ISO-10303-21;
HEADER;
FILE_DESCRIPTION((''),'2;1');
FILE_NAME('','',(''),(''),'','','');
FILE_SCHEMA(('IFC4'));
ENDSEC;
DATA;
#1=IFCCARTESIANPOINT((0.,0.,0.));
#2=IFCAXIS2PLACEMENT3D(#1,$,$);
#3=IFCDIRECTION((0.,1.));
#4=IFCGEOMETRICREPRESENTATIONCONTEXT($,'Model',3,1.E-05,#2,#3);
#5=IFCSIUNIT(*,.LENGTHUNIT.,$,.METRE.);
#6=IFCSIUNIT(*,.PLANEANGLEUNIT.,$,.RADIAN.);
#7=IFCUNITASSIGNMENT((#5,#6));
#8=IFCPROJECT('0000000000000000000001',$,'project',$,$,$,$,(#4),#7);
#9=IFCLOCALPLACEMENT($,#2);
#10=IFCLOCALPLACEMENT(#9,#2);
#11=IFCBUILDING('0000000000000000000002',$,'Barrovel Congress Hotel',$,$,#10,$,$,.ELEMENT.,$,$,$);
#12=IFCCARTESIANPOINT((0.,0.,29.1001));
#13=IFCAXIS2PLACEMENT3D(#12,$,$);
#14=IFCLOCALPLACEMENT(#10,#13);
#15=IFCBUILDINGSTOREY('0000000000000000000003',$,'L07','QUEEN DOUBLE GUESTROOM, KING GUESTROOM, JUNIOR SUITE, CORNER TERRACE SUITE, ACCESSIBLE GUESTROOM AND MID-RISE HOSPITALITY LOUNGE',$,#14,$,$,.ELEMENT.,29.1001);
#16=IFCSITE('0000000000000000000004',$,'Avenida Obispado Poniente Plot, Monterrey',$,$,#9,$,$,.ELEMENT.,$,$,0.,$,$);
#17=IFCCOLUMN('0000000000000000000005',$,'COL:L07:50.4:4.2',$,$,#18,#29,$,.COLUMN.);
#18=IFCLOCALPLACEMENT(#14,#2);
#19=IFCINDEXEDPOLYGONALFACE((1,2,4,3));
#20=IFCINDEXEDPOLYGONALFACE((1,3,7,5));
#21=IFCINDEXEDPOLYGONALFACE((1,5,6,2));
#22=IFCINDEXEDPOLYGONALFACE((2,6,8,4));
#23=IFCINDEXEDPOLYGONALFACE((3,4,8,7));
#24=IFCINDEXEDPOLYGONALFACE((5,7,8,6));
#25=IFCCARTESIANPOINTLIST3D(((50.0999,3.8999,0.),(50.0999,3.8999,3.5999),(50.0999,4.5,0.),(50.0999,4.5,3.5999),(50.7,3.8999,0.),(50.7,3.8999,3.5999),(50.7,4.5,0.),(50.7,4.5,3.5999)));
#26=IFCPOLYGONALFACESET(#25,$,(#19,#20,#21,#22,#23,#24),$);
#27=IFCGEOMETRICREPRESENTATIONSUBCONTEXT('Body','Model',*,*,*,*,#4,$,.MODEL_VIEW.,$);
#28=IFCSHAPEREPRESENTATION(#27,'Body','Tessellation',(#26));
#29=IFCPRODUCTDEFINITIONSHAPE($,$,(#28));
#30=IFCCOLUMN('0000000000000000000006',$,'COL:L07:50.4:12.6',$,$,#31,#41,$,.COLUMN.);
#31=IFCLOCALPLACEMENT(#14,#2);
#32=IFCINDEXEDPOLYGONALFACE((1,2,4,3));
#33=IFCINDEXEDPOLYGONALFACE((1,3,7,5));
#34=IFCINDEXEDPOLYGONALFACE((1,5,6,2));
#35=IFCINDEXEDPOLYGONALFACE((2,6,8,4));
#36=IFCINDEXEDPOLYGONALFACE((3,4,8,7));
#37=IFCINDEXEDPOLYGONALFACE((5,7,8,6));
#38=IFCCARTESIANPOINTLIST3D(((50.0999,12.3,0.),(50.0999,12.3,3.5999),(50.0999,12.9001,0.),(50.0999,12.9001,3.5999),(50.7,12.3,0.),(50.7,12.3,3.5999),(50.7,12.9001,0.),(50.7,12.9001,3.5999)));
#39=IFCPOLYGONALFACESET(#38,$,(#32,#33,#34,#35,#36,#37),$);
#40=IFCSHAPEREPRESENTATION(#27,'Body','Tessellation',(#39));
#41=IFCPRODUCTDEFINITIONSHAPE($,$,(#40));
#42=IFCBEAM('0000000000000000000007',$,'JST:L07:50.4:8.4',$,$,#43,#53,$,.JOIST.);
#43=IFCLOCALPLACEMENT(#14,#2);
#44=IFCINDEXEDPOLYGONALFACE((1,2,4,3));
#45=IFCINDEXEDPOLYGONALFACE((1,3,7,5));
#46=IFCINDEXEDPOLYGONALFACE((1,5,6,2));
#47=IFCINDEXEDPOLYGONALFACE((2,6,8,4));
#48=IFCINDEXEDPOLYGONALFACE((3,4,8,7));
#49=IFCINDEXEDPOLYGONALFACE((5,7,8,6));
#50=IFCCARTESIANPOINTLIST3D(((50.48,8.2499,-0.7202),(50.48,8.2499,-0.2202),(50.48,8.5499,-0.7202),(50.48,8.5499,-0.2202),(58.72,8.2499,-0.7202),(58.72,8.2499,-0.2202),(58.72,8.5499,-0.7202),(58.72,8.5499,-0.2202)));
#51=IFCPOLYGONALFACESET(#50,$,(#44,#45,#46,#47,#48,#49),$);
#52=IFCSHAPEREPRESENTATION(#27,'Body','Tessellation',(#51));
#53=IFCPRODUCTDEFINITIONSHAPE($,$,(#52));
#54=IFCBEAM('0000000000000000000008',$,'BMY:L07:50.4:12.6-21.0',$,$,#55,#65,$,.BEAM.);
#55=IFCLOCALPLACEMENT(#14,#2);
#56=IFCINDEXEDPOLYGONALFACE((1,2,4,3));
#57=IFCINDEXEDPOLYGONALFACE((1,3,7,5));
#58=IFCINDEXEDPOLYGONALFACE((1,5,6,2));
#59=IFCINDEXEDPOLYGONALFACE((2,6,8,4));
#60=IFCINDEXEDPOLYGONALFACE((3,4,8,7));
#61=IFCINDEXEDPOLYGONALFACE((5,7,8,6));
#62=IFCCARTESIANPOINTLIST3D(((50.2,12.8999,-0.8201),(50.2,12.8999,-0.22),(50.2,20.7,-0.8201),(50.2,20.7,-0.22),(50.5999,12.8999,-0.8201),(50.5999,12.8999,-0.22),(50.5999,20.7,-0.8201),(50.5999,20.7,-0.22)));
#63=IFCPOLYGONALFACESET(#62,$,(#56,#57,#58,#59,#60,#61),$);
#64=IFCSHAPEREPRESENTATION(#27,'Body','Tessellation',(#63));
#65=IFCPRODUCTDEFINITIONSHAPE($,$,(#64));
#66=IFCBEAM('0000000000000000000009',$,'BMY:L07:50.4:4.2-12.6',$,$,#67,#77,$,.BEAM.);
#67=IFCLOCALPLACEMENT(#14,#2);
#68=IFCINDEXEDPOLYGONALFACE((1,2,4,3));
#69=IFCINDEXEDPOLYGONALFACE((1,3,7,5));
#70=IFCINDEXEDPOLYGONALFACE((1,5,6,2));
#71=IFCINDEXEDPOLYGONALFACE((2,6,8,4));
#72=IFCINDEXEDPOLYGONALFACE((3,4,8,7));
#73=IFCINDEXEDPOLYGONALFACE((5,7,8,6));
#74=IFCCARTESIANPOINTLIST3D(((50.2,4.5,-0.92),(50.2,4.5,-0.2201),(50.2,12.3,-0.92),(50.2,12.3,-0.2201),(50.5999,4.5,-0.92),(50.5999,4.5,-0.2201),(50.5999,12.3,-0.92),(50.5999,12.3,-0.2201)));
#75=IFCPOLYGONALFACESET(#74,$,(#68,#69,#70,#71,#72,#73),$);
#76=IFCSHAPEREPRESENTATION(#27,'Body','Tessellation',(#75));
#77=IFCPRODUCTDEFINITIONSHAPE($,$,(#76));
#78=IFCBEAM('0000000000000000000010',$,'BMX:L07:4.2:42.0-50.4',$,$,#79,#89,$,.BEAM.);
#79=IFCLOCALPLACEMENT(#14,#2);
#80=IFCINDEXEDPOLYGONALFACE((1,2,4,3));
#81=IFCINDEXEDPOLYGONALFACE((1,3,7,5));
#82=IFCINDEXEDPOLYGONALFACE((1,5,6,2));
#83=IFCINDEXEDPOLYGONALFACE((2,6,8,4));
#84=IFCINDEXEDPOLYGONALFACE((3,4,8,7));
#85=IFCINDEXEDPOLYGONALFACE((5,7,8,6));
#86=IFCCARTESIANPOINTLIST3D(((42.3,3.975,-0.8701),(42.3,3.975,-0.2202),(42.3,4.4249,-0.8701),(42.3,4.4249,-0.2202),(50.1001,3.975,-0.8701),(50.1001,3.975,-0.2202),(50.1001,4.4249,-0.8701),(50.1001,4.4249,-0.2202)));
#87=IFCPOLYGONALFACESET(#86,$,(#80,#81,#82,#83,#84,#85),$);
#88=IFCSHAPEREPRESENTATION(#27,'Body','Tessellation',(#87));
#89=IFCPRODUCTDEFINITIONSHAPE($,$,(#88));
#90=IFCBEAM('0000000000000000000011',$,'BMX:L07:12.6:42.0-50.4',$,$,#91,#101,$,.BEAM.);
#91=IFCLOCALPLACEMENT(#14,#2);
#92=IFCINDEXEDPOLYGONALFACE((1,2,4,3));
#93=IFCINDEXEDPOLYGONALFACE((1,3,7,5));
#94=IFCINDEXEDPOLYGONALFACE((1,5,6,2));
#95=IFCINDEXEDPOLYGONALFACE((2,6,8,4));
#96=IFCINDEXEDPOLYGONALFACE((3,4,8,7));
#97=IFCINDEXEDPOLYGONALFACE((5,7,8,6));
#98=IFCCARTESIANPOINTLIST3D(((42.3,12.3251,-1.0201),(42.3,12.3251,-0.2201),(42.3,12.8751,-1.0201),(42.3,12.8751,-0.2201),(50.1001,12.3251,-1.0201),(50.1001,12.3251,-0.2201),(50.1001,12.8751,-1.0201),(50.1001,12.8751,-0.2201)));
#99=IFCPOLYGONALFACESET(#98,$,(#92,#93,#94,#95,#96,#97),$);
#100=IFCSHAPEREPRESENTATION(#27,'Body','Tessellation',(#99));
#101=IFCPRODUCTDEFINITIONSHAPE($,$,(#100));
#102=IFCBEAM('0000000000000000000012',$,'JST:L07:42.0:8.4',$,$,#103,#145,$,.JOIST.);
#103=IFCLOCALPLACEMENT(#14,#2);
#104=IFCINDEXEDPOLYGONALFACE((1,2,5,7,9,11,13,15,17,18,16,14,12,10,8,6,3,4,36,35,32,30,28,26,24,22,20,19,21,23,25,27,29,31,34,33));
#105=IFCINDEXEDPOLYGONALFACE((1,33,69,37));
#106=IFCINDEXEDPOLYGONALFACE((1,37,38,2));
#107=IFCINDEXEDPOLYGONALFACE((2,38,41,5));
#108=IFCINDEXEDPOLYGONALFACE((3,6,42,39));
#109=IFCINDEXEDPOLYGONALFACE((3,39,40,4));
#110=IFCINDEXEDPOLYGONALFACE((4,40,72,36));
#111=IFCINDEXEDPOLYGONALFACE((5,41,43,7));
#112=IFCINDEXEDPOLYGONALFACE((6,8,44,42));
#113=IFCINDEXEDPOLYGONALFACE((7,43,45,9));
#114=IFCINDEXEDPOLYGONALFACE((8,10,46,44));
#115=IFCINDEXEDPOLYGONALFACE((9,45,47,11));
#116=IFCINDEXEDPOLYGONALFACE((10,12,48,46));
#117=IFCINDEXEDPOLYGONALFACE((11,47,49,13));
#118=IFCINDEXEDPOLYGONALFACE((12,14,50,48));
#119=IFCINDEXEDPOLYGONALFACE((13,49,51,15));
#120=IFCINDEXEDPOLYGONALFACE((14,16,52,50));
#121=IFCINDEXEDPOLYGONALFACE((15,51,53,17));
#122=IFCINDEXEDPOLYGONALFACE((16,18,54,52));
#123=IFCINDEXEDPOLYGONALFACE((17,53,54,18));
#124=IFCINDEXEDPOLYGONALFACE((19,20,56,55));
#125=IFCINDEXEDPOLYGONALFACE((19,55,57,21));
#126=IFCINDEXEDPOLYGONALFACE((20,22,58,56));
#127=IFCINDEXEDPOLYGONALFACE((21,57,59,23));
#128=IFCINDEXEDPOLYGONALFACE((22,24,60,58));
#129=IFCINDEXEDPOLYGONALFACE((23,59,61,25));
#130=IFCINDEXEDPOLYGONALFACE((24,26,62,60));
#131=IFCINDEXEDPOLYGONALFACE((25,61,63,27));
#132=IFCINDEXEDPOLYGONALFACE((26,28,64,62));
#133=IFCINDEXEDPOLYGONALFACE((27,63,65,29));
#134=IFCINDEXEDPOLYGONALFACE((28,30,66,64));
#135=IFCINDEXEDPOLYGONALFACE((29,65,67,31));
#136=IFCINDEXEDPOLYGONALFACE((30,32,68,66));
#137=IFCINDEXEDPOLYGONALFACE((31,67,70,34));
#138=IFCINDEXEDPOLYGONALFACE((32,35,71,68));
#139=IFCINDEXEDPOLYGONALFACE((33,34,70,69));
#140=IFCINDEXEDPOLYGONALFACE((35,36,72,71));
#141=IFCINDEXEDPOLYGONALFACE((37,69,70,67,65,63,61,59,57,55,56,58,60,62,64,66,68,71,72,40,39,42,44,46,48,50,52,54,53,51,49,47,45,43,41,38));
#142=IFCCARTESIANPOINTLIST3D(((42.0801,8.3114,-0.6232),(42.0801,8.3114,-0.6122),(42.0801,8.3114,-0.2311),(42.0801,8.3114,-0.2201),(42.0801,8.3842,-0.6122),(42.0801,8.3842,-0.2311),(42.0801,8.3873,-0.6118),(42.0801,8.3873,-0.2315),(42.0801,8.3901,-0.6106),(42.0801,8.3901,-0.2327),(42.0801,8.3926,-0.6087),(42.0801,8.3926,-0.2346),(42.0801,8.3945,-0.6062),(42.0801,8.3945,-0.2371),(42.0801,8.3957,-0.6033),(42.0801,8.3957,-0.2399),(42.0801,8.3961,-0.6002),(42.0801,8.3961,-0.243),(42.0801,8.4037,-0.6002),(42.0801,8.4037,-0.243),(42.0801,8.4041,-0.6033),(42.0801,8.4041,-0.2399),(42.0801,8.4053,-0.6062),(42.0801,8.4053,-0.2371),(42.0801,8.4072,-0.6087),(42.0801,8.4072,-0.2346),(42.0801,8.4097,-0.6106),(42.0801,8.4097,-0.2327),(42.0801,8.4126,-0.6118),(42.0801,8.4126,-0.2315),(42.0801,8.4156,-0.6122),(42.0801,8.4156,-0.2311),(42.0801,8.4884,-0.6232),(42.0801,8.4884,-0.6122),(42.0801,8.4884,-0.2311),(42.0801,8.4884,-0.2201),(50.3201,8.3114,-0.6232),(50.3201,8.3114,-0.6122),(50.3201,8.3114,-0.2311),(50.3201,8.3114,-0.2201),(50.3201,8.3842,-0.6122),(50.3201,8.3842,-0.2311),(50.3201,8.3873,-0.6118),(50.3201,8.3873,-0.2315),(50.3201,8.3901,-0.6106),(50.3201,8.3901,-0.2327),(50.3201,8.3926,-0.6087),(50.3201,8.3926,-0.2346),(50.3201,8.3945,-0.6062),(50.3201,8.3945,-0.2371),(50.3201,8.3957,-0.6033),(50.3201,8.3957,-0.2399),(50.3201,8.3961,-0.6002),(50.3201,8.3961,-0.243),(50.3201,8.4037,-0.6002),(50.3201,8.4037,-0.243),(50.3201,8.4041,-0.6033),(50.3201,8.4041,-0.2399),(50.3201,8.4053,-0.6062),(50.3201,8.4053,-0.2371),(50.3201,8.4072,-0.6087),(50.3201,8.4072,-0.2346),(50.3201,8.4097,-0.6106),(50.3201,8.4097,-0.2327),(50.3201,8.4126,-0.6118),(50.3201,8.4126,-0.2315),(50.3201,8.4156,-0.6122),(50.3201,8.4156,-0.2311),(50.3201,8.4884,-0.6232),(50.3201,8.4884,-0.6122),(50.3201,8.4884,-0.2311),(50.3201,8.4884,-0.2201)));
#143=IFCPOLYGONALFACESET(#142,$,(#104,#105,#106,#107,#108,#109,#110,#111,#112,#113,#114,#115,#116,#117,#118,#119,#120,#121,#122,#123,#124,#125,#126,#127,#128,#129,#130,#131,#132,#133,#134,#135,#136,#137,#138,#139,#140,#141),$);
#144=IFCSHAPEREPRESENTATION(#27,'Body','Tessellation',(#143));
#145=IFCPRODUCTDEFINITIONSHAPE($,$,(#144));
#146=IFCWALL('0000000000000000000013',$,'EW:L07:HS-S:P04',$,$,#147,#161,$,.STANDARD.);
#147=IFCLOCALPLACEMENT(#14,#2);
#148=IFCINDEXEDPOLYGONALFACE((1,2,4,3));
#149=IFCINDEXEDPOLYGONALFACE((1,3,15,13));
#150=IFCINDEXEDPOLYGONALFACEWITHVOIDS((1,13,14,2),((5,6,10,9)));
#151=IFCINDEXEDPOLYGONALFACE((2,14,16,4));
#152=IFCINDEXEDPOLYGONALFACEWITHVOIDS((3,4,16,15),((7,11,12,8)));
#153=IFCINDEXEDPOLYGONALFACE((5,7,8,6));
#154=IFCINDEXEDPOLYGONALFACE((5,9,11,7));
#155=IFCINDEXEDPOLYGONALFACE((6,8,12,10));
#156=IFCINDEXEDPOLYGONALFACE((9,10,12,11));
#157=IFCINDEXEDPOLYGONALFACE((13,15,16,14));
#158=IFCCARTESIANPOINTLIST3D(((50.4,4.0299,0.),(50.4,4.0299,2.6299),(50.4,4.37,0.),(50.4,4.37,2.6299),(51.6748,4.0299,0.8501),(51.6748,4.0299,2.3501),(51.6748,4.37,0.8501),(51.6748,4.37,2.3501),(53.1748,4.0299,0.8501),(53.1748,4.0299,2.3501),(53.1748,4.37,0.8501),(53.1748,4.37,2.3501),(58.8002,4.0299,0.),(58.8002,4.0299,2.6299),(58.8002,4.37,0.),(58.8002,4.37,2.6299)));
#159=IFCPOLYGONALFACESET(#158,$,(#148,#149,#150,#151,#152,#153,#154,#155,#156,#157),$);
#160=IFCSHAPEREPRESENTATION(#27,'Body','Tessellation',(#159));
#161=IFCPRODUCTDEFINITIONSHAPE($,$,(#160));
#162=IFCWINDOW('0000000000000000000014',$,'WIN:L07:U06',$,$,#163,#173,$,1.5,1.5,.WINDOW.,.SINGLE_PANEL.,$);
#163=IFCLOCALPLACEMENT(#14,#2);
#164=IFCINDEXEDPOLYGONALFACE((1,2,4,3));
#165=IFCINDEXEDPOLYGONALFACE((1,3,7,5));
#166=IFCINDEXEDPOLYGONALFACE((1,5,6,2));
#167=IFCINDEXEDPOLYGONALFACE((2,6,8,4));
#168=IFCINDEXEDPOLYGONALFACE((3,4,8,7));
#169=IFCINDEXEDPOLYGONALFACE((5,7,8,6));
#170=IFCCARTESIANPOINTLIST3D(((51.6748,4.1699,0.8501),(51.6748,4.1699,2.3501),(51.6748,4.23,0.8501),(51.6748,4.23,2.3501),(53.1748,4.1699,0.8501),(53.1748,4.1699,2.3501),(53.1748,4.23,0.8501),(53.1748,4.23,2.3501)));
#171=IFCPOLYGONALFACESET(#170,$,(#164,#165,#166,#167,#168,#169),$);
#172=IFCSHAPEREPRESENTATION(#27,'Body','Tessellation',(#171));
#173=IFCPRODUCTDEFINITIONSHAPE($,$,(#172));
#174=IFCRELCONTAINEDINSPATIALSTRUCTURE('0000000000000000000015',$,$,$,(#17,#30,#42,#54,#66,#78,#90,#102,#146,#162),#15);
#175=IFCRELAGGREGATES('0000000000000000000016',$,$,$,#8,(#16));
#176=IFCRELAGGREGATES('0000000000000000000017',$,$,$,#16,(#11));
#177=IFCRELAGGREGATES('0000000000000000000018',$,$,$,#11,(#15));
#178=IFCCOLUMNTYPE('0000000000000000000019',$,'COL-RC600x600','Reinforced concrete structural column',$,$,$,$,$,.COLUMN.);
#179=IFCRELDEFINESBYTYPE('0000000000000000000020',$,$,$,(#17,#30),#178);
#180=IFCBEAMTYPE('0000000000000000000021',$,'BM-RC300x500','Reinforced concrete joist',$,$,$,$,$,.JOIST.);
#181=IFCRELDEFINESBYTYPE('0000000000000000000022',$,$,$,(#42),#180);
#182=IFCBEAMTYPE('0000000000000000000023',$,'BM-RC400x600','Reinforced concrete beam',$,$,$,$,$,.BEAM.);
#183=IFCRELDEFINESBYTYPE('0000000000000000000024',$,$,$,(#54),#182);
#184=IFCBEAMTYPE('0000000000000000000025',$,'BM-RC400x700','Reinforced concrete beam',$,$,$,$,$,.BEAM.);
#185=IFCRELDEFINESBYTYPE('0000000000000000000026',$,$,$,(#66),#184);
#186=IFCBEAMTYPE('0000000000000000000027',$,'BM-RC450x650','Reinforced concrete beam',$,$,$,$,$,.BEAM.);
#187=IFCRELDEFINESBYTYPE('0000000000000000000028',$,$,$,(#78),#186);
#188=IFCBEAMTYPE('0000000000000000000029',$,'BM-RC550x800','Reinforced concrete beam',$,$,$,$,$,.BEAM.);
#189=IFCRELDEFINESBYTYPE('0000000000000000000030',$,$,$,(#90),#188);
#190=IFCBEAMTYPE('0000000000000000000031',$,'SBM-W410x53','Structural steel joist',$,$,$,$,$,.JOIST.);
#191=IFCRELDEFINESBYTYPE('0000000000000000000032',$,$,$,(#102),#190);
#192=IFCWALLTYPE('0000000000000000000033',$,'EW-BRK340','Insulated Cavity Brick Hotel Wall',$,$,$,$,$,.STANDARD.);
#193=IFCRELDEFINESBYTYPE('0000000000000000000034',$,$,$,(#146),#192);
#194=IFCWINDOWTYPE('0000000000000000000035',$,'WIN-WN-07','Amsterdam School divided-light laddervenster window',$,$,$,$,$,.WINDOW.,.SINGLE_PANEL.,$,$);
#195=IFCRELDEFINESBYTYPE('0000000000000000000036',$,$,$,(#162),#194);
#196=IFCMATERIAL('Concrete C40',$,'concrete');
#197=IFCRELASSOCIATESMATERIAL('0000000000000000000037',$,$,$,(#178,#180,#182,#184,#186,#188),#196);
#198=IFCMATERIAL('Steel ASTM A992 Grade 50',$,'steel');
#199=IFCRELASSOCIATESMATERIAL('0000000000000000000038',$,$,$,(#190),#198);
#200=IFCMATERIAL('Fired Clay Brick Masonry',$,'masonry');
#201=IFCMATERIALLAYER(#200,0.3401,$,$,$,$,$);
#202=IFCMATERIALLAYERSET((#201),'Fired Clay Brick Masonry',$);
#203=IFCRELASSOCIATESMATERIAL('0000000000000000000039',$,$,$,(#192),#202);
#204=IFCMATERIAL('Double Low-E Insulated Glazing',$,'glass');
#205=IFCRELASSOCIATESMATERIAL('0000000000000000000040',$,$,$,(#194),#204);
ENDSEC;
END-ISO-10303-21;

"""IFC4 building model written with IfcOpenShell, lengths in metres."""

from ifc_helpers import new_model, si_unit, direction, frame, frame_2d, origin, origin_2d, place, context, subcontext, project, spatial, rectangle, i_section, extrude, material, layer, layer_set, material_profile, profile_set, type_object, element, fill, save


model = new_model("IFC4")

# Units and contexts
model_context = context("Model", 3, precision=1e-05, world=origin(), true_north=direction((0.0, 1.0)))
body_context = subcontext(model_context, "Body", "Model", "MODEL_VIEW")
ifc_project = project(units=[si_unit("LENGTHUNIT", "METRE"), si_unit("PLANEANGLEUNIT", "RADIAN")], contexts=[model_context])

# Site, building, storey
site_placement = place(None, origin())
site = spatial("IfcSite", under=ifc_project, at=site_placement, Name="Avenida Obispado Poniente Plot, Monterrey", CompositionType="ELEMENT", RefElevation=0.0)
building_placement = place(site_placement, origin())
building = spatial("IfcBuilding", under=site, at=building_placement, Name="Barrovel Congress Hotel", CompositionType="ELEMENT")
storey_placement = place(building_placement, frame((0.0, 0.0, 29.1001)))
storey = spatial("IfcBuildingStorey", under=building, at=storey_placement, Name="L07", Description="QUEEN DOUBLE GUESTROOM, KING GUESTROOM, JUNIOR SUITE, CORNER TERRACE SUITE, ACCESSIBLE GUESTROOM AND MID-RISE HOSPITALITY LOUNGE", CompositionType="ELEMENT", Elevation=29.1001)

# Columns
ifc_material_1 = material(Name="Concrete C40", Category="concrete")
ifc_material_profile_1 = material_profile(ifc_material_1, rectangle(XDim=0.6001, YDim=0.6001, at=origin_2d()), Name="RC600x600")
ifc_profile_set_1 = profile_set([ifc_material_profile_1], Name="Concrete C40")
column_type = type_object("IfcColumnType", Name="COL-RC600x600", Description="Reinforced concrete structural column", PredefinedType="COLUMN", material=ifc_profile_set_1)
for number, where, z_axis, x_axis, name in (
    (1, (50.3999, 4.2, 0.0), (0.0, 0.0, 1.0), (1.0, 0.0, 0.0), "COL:L07:50.4:4.2"),
    (2, (50.3999, 12.6001, 0.0), (0.0, 0.0, 1.0), (1.0, 0.0, 0.0), "COL:L07:50.4:12.6"),
):
    element("IfcColumn", number, at=place(storey_placement, frame(where, z_axis=z_axis, x_axis=x_axis)), inside=storey, type_object=column_type, Name=name, PredefinedType="COLUMN", context=body_context, shape_type="SweptSolid", body=[
        extrude(rectangle(XDim=0.6001, YDim=0.6001, at=origin_2d()), origin(), (0.0, 0.0, 1.0), 3.5999),
    ])

# Beams
ifc_material_profile_2 = material_profile(ifc_material_1, rectangle(XDim=0.3, YDim=0.5, at=origin_2d()), Name="RC300x500")
ifc_profile_set_2 = profile_set([ifc_material_profile_2], Name="Concrete C40")
beam_type_1 = type_object("IfcBeamType", Name="BM-RC300x500", Description="Reinforced concrete joist", PredefinedType="JOIST", material=ifc_profile_set_2)
beam_1_placement = place(storey_placement, frame((50.48, 8.3999, -0.4702), z_axis=(1.0, 0.0, 0.0), x_axis=(0.0, 1.0, 0.0)))
element("IfcBeam", 3, at=beam_1_placement, inside=storey, type_object=beam_type_1, Name="JST:L07:50.4:8.4", PredefinedType="JOIST", context=body_context, shape_type="SweptSolid", body=[
    extrude(rectangle(XDim=0.3, YDim=0.5, at=origin_2d()), origin(), (0.0, 0.0, 1.0), 8.24),
])
ifc_material_profile_3 = material_profile(ifc_material_1, rectangle(XDim=0.3999, YDim=0.6001, at=origin_2d()), Name="RC400x600")
ifc_profile_set_3 = profile_set([ifc_material_profile_3], Name="Concrete C40")
beam_type_2 = type_object("IfcBeamType", Name="BM-RC400x600", Description="Reinforced concrete beam", PredefinedType="BEAM", material=ifc_profile_set_3)
beam_2_placement = place(storey_placement, frame((50.3999, 12.8999, -0.52), z_axis=(0.0, 1.0, 0.0), x_axis=(-1.0, 0.0, 0.0)))
element("IfcBeam", 4, at=beam_2_placement, inside=storey, type_object=beam_type_2, Name="BMY:L07:50.4:12.6-21.0", PredefinedType="BEAM", context=body_context, shape_type="SweptSolid", body=[
    extrude(rectangle(XDim=0.3999, YDim=0.6001, at=origin_2d()), origin(), (0.0, 0.0, 1.0), 7.8),
])
ifc_material_profile_4 = material_profile(ifc_material_1, rectangle(XDim=0.3999, YDim=0.7, at=origin_2d()), Name="RC400x700")
ifc_profile_set_4 = profile_set([ifc_material_profile_4], Name="Concrete C40")
beam_type_3 = type_object("IfcBeamType", Name="BM-RC400x700", Description="Reinforced concrete beam", PredefinedType="BEAM", material=ifc_profile_set_4)
beam_3_placement = place(storey_placement, frame((50.3999, 4.5, -0.5701), z_axis=(0.0, 1.0, 0.0), x_axis=(-1.0, 0.0, 0.0)))
element("IfcBeam", 5, at=beam_3_placement, inside=storey, type_object=beam_type_3, Name="BMY:L07:50.4:4.2-12.6", PredefinedType="BEAM", context=body_context, shape_type="SweptSolid", body=[
    extrude(rectangle(XDim=0.3999, YDim=0.7, at=origin_2d()), origin(), (0.0, 0.0, 1.0), 7.8),
])
ifc_material_profile_5 = material_profile(ifc_material_1, rectangle(XDim=0.45, YDim=0.6499, at=origin_2d()), Name="RC450x650")
ifc_profile_set_5 = profile_set([ifc_material_profile_5], Name="Concrete C40")
beam_type_4 = type_object("IfcBeamType", Name="BM-RC450x650", Description="Reinforced concrete beam", PredefinedType="BEAM", material=ifc_profile_set_5)
beam_4_placement = place(storey_placement, frame((42.3, 4.2, -0.5452), z_axis=(1.0, 0.0, 0.0), x_axis=(0.0, 1.0, 0.0)))
element("IfcBeam", 6, at=beam_4_placement, inside=storey, type_object=beam_type_4, Name="BMX:L07:4.2:42.0-50.4", PredefinedType="BEAM", context=body_context, shape_type="SweptSolid", body=[
    extrude(rectangle(XDim=0.45, YDim=0.6499, at=origin_2d()), origin(), (0.0, 0.0, 1.0), 7.8),
])
ifc_material_profile_6 = material_profile(ifc_material_1, rectangle(XDim=0.55, YDim=0.8, at=origin_2d()), Name="RC550x800")
ifc_profile_set_6 = profile_set([ifc_material_profile_6], Name="Concrete C40")
beam_type_5 = type_object("IfcBeamType", Name="BM-RC550x800", Description="Reinforced concrete beam", PredefinedType="BEAM", material=ifc_profile_set_6)
beam_5_placement = place(storey_placement, frame((42.3, 12.6001, -0.6201), z_axis=(1.0, 0.0, 0.0), x_axis=(0.0, 1.0, 0.0)))
element("IfcBeam", 7, at=beam_5_placement, inside=storey, type_object=beam_type_5, Name="BMX:L07:12.6:42.0-50.4", PredefinedType="BEAM", context=body_context, shape_type="SweptSolid", body=[
    extrude(rectangle(XDim=0.55, YDim=0.8, at=origin_2d()), origin(), (0.0, 0.0, 1.0), 7.8),
])
ifc_material_2 = material(Name="Steel ASTM A992 Grade 50", Category="steel")
ifc_material_profile_7 = material_profile(ifc_material_2, i_section(OverallWidth=0.177, OverallDepth=0.4031, WebThickness=0.0076, FlangeThickness=0.011, FilletRadius=0.012, at=origin_2d()), Name="W410x53")
ifc_profile_set_7 = profile_set([ifc_material_profile_7], Name="Steel ASTM A992 Grade 50")
beam_type_6 = type_object("IfcBeamType", Name="SBM-W410x53", Description="Structural steel joist", PredefinedType="JOIST", material=ifc_profile_set_7)
beam_6_placement = place(storey_placement, frame((42.0801, 8.3999, -0.4216), z_axis=(1.0, 0.0, 0.0), x_axis=(0.0, 1.0, 0.0)))
element("IfcBeam", 8, at=beam_6_placement, inside=storey, type_object=beam_type_6, Name="JST:L07:42.0:8.4", PredefinedType="JOIST", context=body_context, shape_type="SweptSolid", body=[
    extrude(i_section(OverallWidth=0.177, OverallDepth=0.4031, WebThickness=0.0076, FlangeThickness=0.011, FilletRadius=0.012, at=origin_2d()), origin(), (0.0, 0.0, 1.0), 8.24),
])

# Wall, opening, window
ifc_material_3 = material(Name="Fired Clay Brick Masonry", Category="masonry")
ifc_layer_1 = layer(ifc_material_3, 0.3401)
ifc_layer_set_1 = layer_set([ifc_layer_1], Name="Fired Clay Brick Masonry")
wall_type_1 = type_object("IfcWallType", Name="EW-BRK340", Description="Insulated Cavity Brick Hotel Wall", PredefinedType="STANDARD", material=ifc_layer_set_1)
wall_1_placement = place(storey_placement, frame((50.3999, 4.2, 0.0), z_axis=(0.0, 0.0, 1.0), x_axis=(1.0, 0.0, 0.0)))
wall_1 = element("IfcWall", 9, at=wall_1_placement, inside=storey, type_object=wall_type_1, Name="EW:L07:HS-S:P04", PredefinedType="STANDARD", context=body_context, shape_type="SweptSolid", body=[
    extrude(rectangle(XDim=8.4001, YDim=0.3401, at=frame_2d((4.2002, 0.0))), origin(), (0.0, 0.0, 1.0), 2.6299),
])
opening_1_placement = place(wall_1_placement, frame((1.2749, 0.0, 0.8501)))
opening_1 = element("IfcOpeningElement", 10, at=opening_1_placement, cuts=wall_1, PredefinedType="OPENING", context=body_context, shape_type="SweptSolid", body=[
    extrude(rectangle(XDim=1.5, YDim=1.5, at=frame_2d((0.75, 0.75))), frame((0.0, 0.1802, 0.0), z_axis=(0.0, -1.0, 0.0), x_axis=(1.0, 0.0, 0.0)), (0.0, 0.0, 1.0), 0.3601),
])
ifc_material_4 = material(Name="Double Low-E Insulated Glazing", Category="glass")
window_type = type_object("IfcWindowType", Name="WIN-WN-07", Description="Amsterdam School divided-light laddervenster window", PartitioningType="SINGLE_PANEL", PredefinedType="WINDOW", material=ifc_material_4)
window_placement = place(opening_1_placement, origin())
window = element("IfcWindow", 11, at=window_placement, inside=storey, type_object=window_type, Name="WIN:L07:U06", OverallHeight=1.5, OverallWidth=1.5, PartitioningType="SINGLE_PANEL", PredefinedType="WINDOW", context=body_context, shape_type="SweptSolid", body=[
    extrude(rectangle(XDim=1.5, YDim=1.5, at=frame_2d((0.75, 0.75))), frame((0.0, 0.03, 0.0), z_axis=(0.0, -1.0, 0.0), x_axis=(1.0, 0.0, 0.0)), (0.0, 0.0, 1.0), 0.0601),
])
fill(opening_1, window)

save(model, "model.ifc")
